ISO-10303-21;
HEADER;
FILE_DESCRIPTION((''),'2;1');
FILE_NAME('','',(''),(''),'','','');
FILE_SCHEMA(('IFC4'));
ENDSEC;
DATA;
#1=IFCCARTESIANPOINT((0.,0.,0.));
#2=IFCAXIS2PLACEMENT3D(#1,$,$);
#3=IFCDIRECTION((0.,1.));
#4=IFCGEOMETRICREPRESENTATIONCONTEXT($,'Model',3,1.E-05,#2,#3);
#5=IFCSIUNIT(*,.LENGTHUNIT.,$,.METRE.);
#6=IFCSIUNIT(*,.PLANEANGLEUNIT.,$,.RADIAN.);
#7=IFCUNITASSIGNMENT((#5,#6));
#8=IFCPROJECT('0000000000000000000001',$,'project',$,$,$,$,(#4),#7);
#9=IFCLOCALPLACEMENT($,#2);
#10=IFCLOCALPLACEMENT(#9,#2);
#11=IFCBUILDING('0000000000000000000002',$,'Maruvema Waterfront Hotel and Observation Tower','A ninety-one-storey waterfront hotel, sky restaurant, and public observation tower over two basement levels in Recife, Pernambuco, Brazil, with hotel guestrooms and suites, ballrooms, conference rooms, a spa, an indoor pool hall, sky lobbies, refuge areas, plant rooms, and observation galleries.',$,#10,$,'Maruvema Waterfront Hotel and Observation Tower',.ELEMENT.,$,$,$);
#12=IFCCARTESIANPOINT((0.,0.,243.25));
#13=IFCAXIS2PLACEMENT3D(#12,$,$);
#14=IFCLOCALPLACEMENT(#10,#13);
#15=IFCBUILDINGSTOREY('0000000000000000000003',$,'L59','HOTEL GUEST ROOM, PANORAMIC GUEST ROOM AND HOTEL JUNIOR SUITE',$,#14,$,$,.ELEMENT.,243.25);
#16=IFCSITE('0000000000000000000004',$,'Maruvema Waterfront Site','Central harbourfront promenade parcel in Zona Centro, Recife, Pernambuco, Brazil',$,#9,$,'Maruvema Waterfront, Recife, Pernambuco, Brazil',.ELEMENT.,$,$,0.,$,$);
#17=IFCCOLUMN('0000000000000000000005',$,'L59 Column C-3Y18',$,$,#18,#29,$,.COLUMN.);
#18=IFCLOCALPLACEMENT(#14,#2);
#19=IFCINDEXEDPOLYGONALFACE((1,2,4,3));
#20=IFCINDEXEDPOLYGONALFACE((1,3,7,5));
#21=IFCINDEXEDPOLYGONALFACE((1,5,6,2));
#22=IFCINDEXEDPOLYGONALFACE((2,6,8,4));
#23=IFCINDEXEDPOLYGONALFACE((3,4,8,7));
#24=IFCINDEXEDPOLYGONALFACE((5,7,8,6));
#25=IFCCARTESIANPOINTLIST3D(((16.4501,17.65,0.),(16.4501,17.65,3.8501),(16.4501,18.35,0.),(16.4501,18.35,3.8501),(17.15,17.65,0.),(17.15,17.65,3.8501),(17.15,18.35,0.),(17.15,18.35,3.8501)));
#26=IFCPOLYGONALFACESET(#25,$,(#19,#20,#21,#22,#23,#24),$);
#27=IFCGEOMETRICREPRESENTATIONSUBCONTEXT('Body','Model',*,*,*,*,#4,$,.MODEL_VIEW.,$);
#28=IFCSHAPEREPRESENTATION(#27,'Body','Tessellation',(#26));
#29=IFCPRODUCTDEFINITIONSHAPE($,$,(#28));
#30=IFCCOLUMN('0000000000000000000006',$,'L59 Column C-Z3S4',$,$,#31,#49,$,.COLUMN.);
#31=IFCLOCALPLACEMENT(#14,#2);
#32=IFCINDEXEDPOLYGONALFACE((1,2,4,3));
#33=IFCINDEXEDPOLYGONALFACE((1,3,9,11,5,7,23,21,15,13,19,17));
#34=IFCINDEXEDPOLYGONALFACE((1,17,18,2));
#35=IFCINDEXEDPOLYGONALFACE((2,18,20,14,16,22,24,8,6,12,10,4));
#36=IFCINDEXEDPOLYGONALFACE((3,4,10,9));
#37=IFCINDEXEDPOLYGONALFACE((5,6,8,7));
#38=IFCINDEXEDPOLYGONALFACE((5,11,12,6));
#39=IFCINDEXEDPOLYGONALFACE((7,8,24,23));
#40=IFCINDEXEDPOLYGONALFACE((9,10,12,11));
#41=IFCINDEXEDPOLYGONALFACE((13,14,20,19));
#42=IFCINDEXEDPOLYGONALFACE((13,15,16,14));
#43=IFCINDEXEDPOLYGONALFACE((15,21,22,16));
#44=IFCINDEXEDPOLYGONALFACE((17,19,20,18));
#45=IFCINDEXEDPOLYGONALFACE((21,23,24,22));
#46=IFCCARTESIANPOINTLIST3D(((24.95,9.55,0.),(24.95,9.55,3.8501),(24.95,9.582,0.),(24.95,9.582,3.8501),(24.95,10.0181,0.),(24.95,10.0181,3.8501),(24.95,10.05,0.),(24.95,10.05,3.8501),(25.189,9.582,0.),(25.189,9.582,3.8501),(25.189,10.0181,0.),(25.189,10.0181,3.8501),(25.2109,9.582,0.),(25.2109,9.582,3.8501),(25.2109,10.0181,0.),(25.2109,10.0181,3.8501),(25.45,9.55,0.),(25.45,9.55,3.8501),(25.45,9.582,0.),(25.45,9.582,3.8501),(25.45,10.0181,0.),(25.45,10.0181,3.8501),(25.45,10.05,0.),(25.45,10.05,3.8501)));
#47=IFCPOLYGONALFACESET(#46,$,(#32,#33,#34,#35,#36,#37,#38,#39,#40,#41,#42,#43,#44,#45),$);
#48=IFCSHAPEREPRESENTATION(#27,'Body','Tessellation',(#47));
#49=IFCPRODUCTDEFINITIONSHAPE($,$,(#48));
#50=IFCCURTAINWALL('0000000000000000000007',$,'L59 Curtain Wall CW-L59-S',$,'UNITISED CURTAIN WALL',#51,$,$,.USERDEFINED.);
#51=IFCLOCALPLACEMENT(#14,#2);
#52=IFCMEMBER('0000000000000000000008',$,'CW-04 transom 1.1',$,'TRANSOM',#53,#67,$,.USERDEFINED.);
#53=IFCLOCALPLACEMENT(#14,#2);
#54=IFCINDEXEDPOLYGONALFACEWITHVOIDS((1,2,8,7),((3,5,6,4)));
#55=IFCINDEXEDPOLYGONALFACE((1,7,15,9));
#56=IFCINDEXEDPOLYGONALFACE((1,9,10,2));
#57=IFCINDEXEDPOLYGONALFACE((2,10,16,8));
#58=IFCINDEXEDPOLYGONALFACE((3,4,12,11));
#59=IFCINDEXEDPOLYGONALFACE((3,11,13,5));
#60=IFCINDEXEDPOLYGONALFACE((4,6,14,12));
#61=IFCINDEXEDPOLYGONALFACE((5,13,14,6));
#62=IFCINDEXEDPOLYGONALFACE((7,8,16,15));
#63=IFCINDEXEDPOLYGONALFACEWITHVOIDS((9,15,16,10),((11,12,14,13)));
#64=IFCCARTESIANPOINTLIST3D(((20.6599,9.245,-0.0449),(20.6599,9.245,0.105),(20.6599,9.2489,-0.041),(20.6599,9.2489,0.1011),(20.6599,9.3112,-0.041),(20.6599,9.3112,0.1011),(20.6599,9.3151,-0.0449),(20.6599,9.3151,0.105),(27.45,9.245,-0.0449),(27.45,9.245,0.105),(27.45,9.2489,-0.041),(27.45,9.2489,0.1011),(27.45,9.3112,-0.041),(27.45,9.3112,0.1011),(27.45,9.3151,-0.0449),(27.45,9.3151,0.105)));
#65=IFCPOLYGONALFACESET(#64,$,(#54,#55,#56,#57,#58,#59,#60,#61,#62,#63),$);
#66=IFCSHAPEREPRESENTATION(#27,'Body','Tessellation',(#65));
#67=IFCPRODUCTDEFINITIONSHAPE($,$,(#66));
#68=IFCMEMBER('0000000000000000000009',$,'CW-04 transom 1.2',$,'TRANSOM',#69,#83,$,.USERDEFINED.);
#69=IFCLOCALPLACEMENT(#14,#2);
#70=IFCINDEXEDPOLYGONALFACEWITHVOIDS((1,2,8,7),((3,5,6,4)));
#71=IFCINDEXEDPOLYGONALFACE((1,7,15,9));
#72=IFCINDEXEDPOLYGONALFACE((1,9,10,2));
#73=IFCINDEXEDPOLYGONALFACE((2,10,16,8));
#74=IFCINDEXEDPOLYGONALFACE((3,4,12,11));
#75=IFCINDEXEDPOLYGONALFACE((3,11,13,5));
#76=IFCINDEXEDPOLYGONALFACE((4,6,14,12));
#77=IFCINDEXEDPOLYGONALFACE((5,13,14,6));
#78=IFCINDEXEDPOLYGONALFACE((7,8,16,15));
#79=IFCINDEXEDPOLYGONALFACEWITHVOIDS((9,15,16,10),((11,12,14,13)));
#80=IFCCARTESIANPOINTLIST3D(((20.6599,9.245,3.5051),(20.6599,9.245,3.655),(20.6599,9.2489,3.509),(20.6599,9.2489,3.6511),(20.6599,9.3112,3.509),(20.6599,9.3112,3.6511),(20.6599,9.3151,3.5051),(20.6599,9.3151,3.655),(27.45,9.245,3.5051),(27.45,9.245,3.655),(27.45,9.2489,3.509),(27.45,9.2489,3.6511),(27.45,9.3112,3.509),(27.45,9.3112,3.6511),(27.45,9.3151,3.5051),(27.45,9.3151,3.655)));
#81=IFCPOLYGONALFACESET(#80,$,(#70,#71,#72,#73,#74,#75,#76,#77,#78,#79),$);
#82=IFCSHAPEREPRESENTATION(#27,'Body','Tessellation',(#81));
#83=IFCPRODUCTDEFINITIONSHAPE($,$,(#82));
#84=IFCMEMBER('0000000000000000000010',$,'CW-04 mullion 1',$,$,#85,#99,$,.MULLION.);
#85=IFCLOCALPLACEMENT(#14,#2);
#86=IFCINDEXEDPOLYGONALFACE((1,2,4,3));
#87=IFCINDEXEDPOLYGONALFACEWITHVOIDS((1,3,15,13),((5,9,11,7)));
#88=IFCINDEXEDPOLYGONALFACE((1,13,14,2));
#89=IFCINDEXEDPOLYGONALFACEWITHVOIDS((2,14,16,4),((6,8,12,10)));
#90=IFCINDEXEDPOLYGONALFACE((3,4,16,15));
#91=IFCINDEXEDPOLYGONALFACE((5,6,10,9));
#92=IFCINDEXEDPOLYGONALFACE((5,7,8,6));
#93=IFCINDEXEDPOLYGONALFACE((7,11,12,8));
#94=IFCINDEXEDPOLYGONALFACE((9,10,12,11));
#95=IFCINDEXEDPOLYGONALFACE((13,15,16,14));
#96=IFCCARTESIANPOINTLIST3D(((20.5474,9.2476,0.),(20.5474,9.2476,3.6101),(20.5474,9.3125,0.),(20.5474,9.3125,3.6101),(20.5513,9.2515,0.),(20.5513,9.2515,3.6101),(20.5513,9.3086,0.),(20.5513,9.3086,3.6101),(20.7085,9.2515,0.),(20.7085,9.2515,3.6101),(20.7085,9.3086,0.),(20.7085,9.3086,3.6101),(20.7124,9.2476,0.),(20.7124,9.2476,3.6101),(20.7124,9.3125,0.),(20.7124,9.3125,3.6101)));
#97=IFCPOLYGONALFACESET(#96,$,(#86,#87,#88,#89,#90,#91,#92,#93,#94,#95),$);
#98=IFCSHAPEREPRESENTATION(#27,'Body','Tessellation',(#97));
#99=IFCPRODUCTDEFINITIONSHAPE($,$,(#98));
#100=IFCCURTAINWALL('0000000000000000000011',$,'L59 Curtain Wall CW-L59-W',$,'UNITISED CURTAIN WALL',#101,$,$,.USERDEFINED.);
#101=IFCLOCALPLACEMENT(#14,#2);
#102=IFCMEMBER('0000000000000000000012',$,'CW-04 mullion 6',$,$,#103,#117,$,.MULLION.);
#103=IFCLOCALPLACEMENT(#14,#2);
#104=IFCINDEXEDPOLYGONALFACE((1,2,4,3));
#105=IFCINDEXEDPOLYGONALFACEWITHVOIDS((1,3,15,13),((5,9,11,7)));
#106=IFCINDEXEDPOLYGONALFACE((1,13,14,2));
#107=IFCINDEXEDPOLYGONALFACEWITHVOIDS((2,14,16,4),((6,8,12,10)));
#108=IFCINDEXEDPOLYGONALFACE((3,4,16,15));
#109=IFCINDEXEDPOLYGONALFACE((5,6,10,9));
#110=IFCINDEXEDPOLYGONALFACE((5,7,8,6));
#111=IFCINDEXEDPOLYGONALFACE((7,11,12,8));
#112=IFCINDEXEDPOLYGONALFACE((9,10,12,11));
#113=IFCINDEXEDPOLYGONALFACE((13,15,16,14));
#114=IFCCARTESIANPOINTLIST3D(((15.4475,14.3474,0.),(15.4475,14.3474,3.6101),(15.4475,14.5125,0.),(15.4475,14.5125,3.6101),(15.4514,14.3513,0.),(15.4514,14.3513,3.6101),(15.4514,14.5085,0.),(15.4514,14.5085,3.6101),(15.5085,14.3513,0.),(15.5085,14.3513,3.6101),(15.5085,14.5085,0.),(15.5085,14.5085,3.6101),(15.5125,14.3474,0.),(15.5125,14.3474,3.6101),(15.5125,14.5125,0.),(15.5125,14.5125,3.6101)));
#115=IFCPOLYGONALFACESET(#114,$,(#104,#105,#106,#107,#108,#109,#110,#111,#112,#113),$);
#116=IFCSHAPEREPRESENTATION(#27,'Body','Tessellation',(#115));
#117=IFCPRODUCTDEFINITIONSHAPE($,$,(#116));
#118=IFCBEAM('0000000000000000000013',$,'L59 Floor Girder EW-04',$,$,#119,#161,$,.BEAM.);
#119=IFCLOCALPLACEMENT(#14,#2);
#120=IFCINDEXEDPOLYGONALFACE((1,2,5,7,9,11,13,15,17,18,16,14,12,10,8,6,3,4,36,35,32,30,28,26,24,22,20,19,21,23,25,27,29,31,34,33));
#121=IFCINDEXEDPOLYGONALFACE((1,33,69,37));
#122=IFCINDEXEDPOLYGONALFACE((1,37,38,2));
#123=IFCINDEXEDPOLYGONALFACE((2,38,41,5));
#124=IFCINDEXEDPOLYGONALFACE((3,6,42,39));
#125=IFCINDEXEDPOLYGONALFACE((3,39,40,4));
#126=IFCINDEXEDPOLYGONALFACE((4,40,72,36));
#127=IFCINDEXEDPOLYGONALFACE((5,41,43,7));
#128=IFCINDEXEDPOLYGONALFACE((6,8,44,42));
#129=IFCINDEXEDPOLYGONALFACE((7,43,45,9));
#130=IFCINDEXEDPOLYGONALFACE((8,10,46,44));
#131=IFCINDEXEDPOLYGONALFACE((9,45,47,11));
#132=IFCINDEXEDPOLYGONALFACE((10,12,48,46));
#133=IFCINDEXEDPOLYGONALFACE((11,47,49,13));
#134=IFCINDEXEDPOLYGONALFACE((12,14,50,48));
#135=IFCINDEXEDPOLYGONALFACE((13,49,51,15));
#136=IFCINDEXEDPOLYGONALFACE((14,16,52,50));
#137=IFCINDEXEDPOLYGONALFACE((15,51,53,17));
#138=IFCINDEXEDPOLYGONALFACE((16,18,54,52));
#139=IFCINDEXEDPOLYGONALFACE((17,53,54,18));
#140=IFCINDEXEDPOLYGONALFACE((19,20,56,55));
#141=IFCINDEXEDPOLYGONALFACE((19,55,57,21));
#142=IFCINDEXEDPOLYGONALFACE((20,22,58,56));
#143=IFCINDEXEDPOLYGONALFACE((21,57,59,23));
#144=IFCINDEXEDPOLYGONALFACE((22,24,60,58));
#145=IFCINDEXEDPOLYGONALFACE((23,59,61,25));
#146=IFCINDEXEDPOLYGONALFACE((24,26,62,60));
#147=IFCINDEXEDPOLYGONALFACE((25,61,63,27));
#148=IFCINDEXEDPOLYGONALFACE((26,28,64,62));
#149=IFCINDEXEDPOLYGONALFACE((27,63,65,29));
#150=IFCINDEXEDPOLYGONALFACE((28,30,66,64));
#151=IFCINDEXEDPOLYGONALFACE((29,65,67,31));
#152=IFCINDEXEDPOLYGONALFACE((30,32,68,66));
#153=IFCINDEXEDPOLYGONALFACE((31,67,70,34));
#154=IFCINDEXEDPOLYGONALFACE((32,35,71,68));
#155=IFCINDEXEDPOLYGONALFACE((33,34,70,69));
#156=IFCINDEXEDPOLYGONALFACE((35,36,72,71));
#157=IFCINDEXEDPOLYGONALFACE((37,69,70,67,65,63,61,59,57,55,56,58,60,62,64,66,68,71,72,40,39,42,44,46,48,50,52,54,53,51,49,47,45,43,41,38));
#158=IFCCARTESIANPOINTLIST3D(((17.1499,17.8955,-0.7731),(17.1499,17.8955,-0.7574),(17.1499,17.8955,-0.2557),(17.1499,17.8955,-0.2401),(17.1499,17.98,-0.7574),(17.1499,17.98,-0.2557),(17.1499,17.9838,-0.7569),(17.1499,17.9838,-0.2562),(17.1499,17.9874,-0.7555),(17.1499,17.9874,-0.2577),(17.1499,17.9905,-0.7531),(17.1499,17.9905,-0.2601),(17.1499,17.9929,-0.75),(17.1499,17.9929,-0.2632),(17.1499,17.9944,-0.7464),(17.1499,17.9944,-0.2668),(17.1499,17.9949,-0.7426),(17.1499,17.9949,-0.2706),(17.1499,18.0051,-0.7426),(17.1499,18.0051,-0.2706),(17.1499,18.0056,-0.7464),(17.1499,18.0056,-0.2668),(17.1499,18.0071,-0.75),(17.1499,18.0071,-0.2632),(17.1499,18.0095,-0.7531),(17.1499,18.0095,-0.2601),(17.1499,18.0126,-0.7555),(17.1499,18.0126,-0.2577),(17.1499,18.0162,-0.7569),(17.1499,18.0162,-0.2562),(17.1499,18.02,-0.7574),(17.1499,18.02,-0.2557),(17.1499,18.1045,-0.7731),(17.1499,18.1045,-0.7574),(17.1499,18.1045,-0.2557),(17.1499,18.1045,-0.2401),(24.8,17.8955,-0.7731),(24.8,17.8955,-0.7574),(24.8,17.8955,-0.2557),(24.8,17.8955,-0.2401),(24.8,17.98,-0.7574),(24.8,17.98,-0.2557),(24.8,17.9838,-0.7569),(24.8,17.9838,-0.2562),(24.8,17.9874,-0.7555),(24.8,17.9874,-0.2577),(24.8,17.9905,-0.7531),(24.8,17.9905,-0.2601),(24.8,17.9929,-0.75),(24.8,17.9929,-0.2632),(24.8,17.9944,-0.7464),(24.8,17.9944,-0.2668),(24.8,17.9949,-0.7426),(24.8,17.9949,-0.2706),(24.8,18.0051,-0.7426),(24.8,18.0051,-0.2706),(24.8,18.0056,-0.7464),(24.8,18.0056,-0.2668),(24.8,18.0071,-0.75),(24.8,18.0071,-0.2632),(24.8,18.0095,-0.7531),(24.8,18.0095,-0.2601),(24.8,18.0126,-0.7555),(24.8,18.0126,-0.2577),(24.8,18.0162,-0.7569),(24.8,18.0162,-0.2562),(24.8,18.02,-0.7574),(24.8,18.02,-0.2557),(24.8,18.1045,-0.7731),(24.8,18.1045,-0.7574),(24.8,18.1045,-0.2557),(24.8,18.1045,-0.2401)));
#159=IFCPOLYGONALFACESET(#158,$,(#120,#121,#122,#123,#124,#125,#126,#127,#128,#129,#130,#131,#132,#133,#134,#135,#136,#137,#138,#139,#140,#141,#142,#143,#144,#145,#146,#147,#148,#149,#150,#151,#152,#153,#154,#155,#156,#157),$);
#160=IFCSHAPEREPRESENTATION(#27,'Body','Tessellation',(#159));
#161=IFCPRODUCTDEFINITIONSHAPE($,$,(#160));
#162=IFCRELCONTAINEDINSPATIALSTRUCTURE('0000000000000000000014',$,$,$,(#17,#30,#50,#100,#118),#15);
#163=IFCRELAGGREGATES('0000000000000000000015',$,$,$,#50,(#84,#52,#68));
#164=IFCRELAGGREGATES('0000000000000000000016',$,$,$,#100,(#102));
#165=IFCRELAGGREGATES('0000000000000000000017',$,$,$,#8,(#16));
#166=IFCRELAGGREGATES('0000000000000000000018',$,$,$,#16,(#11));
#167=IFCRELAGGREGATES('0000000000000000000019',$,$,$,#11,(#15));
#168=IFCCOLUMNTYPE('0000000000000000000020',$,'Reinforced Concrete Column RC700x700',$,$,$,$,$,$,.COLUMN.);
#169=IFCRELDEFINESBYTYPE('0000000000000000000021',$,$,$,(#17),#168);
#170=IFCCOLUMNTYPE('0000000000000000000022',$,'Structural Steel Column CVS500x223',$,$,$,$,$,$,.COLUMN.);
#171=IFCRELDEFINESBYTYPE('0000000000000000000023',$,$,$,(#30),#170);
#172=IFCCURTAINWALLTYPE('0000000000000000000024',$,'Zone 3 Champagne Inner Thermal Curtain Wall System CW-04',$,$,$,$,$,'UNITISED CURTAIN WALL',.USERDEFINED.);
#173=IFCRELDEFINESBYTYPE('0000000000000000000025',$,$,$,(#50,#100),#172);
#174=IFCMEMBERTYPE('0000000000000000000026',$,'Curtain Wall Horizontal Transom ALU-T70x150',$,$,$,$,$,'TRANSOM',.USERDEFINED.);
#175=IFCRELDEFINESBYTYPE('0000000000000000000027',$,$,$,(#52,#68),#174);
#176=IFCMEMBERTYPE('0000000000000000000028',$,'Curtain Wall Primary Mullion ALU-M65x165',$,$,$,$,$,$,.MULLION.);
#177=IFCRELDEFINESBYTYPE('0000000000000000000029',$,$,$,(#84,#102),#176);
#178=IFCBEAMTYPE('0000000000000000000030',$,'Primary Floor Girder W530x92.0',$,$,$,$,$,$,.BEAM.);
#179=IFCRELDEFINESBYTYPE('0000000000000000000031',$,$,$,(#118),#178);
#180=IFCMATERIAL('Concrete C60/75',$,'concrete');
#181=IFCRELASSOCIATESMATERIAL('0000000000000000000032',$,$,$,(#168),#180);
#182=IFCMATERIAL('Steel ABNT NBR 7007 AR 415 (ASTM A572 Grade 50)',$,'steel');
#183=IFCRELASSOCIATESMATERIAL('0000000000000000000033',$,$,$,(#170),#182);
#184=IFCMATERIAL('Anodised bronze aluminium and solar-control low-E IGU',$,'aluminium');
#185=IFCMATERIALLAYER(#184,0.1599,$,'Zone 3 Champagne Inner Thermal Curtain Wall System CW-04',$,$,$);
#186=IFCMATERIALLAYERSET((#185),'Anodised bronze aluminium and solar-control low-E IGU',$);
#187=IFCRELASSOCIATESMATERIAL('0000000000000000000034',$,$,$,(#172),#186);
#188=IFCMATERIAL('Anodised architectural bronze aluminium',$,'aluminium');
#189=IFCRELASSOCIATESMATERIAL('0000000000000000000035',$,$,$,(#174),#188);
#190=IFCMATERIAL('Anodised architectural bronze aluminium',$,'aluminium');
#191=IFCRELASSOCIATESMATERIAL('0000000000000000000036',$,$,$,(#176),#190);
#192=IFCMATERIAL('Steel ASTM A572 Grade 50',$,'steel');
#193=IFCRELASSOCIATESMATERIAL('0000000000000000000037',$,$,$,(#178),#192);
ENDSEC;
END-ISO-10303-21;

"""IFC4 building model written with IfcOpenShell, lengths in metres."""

from ifc_helpers import new_model, si_unit, direction, frame, origin, origin_2d, place, context, subcontext, project, spatial, rectangle, hollow_rectangle, i_section, extrude, material, layer, layer_set, material_profile, profile_set, type_object, element, aggregate, save


model = new_model("IFC4")

# Units and contexts
model_context = context("Model", 3, precision=1e-05, world=origin(), true_north=direction((0.0, 1.0)))
body_context = subcontext(model_context, "Body", "Model", "MODEL_VIEW")
ifc_project = project(units=[si_unit("LENGTHUNIT", "METRE"), si_unit("PLANEANGLEUNIT", "RADIAN")], contexts=[model_context])

# Site, building, storey
site_placement = place(None, origin())
site = spatial("IfcSite", under=ifc_project, at=site_placement, Name="Maruvema Waterfront Site", Description="Central harbourfront promenade parcel in Zona Centro, Recife, Pernambuco, Brazil", LongName="Maruvema Waterfront, Recife, Pernambuco, Brazil", CompositionType="ELEMENT", RefElevation=0.0)
building_placement = place(site_placement, origin())
building = spatial("IfcBuilding", under=site, at=building_placement, Name="Maruvema Waterfront Hotel and Observation Tower", Description="A ninety-one-storey waterfront hotel, sky restaurant, and public observation tower over two basement levels in Recife, Pernambuco, Brazil, with hotel guestrooms and suites, ballrooms, conference rooms, a spa, an indoor pool hall, sky lobbies, refuge areas, plant rooms, and observation galleries.", LongName="Maruvema Waterfront Hotel and Observation Tower", CompositionType="ELEMENT")
storey_placement = place(building_placement, frame((0.0, 0.0, 243.25)))
storey = spatial("IfcBuildingStorey", under=building, at=storey_placement, Name="L59", Description="HOTEL GUEST ROOM, PANORAMIC GUEST ROOM AND HOTEL JUNIOR SUITE", CompositionType="ELEMENT", Elevation=243.25)

# Columns
ifc_material_1 = material(Name="Concrete C60/75", Category="concrete")
ifc_material_profile_1 = material_profile(ifc_material_1, rectangle(XDim=0.7, YDim=0.7, at=origin_2d()), Name="RC700x700")
ifc_profile_set_1 = profile_set([ifc_material_profile_1], Name="Concrete C60/75")
column_type_1 = type_object("IfcColumnType", Name="Reinforced Concrete Column RC700x700", PredefinedType="COLUMN", material=ifc_profile_set_1)
column_1_placement = place(storey_placement, frame((16.8, 18.0, 0.0), z_axis=(0.0, 0.0, 1.0), x_axis=(1.0, 0.0, 0.0)))
element("IfcColumn", 1, at=column_1_placement, inside=storey, type_object=column_type_1, Name="L59 Column C-3Y18", PredefinedType="COLUMN", context=body_context, shape_type="SweptSolid", body=[
    extrude(rectangle(XDim=0.7, YDim=0.7, at=origin_2d()), origin(), (0.0, 0.0, 1.0), 3.8501),
])
ifc_material_2 = material(Name="Steel ABNT NBR 7007 AR 415 (ASTM A572 Grade 50)", Category="steel")
ifc_material_profile_2 = material_profile(ifc_material_2, i_section(OverallWidth=0.5, OverallDepth=0.5, WebThickness=0.022, FlangeThickness=0.032, at=origin_2d()), Name="CVS500x223")
ifc_profile_set_2 = profile_set([ifc_material_profile_2], Name="Steel ABNT NBR 7007 AR 415 (ASTM A572 Grade 50)")
column_type_2 = type_object("IfcColumnType", Name="Structural Steel Column CVS500x223", PredefinedType="COLUMN", material=ifc_profile_set_2)
column_2_placement = place(storey_placement, frame((25.2, 9.8, 0.0), z_axis=(0.0, 0.0, 1.0), x_axis=(1.0, 0.0, 0.0)))
element("IfcColumn", 2, at=column_2_placement, inside=storey, type_object=column_type_2, Name="L59 Column C-Z3S4", PredefinedType="COLUMN", context=body_context, shape_type="SweptSolid", body=[
    extrude(i_section(OverallWidth=0.5, OverallDepth=0.5, WebThickness=0.022, FlangeThickness=0.032, at=origin_2d()), origin(), (0.0, 0.0, 1.0), 3.8501),
])

# Curtain wall, members
ifc_material_3 = material(Name="Anodised bronze aluminium and solar-control low-E IGU", Category="aluminium")
ifc_layer_1 = layer(ifc_material_3, 0.1599, Name="Zone 3 Champagne Inner Thermal Curtain Wall System CW-04")
ifc_layer_set_1 = layer_set([ifc_layer_1], Name="Anodised bronze aluminium and solar-control low-E IGU")
curtain_wall_type = type_object("IfcCurtainWallType", Name="Zone 3 Champagne Inner Thermal Curtain Wall System CW-04", ElementType="UNITISED CURTAIN WALL", PredefinedType="USERDEFINED", material=ifc_layer_set_1)
curtain_wall_1_placement = place(storey_placement, origin())
curtain_wall_1 = element("IfcCurtainWall", 3, at=curtain_wall_1_placement, inside=storey, type_object=curtain_wall_type, Name="L59 Curtain Wall CW-L59-S", ObjectType="UNITISED CURTAIN WALL", PredefinedType="USERDEFINED")
ifc_material_4 = material(Name="Anodised architectural bronze aluminium", Category="aluminium")
ifc_material_profile_3 = material_profile(ifc_material_4, hollow_rectangle(XDim=0.0701, YDim=0.1499, WallThickness=0.0039, at=origin_2d()), Name="ALU-T70x150")
ifc_profile_set_3 = profile_set([ifc_material_profile_3], Name="Anodised architectural bronze aluminium")
member_type_1 = type_object("IfcMemberType", Name="Curtain Wall Horizontal Transom ALU-T70x150", ElementType="TRANSOM", PredefinedType="USERDEFINED", material=ifc_profile_set_3)
member_1_placement = place(storey_placement, frame((20.6599, 9.28, 0.03), z_axis=(1.0, 0.0, 0.0), x_axis=(0.0, 1.0, 0.0)))
member_1 = element("IfcMember", 4, at=member_1_placement, type_object=member_type_1, Name="CW-04 transom 1.1", ObjectType="TRANSOM", PredefinedType="USERDEFINED", context=body_context, shape_type="SweptSolid", body=[
    extrude(hollow_rectangle(XDim=0.0701, YDim=0.1499, WallThickness=0.0039, at=origin_2d()), origin(), (0.0, 0.0, 1.0), 6.79),
])
member_2_placement = place(storey_placement, frame((20.6599, 9.28, 3.5801), z_axis=(1.0, 0.0, 0.0), x_axis=(0.0, 1.0, 0.0)))
member_2 = element("IfcMember", 5, at=member_2_placement, type_object=member_type_1, Name="CW-04 transom 1.2", ObjectType="TRANSOM", PredefinedType="USERDEFINED", context=body_context, shape_type="SweptSolid", body=[
    extrude(hollow_rectangle(XDim=0.0701, YDim=0.1499, WallThickness=0.0039, at=origin_2d()), origin(), (0.0, 0.0, 1.0), 6.79),
])
ifc_material_5 = material(Name="Anodised architectural bronze aluminium", Category="aluminium")
ifc_material_profile_4 = material_profile(ifc_material_5, hollow_rectangle(XDim=0.0649, YDim=0.165, WallThickness=0.0039, at=origin_2d()), Name="ALU-M65x165")
ifc_profile_set_4 = profile_set([ifc_material_profile_4], Name="Anodised architectural bronze aluminium")
member_type_2 = type_object("IfcMemberType", Name="Curtain Wall Primary Mullion ALU-M65x165", PredefinedType="MULLION", material=ifc_profile_set_4)
member_3_placement = place(storey_placement, frame((20.6299, 9.28, 0.0), z_axis=(0.0, 0.0, 1.0), x_axis=(0.0, 1.0, 0.0)))
member_3 = element("IfcMember", 6, at=member_3_placement, type_object=member_type_2, Name="CW-04 mullion 1", PredefinedType="MULLION", context=body_context, shape_type="SweptSolid", body=[
    extrude(hollow_rectangle(XDim=0.0649, YDim=0.165, WallThickness=0.0039, at=origin_2d()), origin(), (0.0, 0.0, 1.0), 3.6101),
])

# Curtain wall, member
curtain_wall_2_placement = place(storey_placement, origin())
curtain_wall_2 = element("IfcCurtainWall", 7, at=curtain_wall_2_placement, inside=storey, type_object=curtain_wall_type, Name="L59 Curtain Wall CW-L59-W", ObjectType="UNITISED CURTAIN WALL", PredefinedType="USERDEFINED")
member_4_placement = place(storey_placement, frame((15.48, 14.4299, 0.0), z_axis=(0.0, 0.0, 1.0), x_axis=(1.0, 0.0, 0.0)))
member_4 = element("IfcMember", 8, at=member_4_placement, type_object=member_type_2, Name="CW-04 mullion 6", PredefinedType="MULLION", context=body_context, shape_type="SweptSolid", body=[
    extrude(hollow_rectangle(XDim=0.0649, YDim=0.165, WallThickness=0.0039, at=origin_2d()), origin(), (0.0, 0.0, 1.0), 3.6101),
])

# Beam
ifc_material_6 = material(Name="Steel ASTM A572 Grade 50", Category="steel")
ifc_material_profile_5 = material_profile(ifc_material_6, i_section(OverallWidth=0.209, OverallDepth=0.533, WebThickness=0.0103, FlangeThickness=0.0156, FilletRadius=0.0149, at=origin_2d()), Name="W530x92.0")
ifc_profile_set_5 = profile_set([ifc_material_profile_5], Name="Steel ASTM A572 Grade 50")
beam_type_1 = type_object("IfcBeamType", Name="Primary Floor Girder W530x92.0", PredefinedType="BEAM", material=ifc_profile_set_5)
beam_1_placement = place(storey_placement, frame((17.1499, 18.0, -0.5066), z_axis=(1.0, 0.0, 0.0), x_axis=(0.0, 1.0, 0.0)))
element("IfcBeam", 9, at=beam_1_placement, inside=storey, type_object=beam_type_1, Name="L59 Floor Girder EW-04", PredefinedType="BEAM", context=body_context, shape_type="SweptSolid", body=[
    extrude(i_section(OverallWidth=0.209, OverallDepth=0.533, WebThickness=0.0103, FlangeThickness=0.0156, FilletRadius=0.0149, at=origin_2d()), origin(), (0.0, 0.0, 1.0), 7.6501),
])

aggregate(curtain_wall_1, [member_3, member_1, member_2])
aggregate(curtain_wall_2, [member_4])

save(model, "model.ifc")
